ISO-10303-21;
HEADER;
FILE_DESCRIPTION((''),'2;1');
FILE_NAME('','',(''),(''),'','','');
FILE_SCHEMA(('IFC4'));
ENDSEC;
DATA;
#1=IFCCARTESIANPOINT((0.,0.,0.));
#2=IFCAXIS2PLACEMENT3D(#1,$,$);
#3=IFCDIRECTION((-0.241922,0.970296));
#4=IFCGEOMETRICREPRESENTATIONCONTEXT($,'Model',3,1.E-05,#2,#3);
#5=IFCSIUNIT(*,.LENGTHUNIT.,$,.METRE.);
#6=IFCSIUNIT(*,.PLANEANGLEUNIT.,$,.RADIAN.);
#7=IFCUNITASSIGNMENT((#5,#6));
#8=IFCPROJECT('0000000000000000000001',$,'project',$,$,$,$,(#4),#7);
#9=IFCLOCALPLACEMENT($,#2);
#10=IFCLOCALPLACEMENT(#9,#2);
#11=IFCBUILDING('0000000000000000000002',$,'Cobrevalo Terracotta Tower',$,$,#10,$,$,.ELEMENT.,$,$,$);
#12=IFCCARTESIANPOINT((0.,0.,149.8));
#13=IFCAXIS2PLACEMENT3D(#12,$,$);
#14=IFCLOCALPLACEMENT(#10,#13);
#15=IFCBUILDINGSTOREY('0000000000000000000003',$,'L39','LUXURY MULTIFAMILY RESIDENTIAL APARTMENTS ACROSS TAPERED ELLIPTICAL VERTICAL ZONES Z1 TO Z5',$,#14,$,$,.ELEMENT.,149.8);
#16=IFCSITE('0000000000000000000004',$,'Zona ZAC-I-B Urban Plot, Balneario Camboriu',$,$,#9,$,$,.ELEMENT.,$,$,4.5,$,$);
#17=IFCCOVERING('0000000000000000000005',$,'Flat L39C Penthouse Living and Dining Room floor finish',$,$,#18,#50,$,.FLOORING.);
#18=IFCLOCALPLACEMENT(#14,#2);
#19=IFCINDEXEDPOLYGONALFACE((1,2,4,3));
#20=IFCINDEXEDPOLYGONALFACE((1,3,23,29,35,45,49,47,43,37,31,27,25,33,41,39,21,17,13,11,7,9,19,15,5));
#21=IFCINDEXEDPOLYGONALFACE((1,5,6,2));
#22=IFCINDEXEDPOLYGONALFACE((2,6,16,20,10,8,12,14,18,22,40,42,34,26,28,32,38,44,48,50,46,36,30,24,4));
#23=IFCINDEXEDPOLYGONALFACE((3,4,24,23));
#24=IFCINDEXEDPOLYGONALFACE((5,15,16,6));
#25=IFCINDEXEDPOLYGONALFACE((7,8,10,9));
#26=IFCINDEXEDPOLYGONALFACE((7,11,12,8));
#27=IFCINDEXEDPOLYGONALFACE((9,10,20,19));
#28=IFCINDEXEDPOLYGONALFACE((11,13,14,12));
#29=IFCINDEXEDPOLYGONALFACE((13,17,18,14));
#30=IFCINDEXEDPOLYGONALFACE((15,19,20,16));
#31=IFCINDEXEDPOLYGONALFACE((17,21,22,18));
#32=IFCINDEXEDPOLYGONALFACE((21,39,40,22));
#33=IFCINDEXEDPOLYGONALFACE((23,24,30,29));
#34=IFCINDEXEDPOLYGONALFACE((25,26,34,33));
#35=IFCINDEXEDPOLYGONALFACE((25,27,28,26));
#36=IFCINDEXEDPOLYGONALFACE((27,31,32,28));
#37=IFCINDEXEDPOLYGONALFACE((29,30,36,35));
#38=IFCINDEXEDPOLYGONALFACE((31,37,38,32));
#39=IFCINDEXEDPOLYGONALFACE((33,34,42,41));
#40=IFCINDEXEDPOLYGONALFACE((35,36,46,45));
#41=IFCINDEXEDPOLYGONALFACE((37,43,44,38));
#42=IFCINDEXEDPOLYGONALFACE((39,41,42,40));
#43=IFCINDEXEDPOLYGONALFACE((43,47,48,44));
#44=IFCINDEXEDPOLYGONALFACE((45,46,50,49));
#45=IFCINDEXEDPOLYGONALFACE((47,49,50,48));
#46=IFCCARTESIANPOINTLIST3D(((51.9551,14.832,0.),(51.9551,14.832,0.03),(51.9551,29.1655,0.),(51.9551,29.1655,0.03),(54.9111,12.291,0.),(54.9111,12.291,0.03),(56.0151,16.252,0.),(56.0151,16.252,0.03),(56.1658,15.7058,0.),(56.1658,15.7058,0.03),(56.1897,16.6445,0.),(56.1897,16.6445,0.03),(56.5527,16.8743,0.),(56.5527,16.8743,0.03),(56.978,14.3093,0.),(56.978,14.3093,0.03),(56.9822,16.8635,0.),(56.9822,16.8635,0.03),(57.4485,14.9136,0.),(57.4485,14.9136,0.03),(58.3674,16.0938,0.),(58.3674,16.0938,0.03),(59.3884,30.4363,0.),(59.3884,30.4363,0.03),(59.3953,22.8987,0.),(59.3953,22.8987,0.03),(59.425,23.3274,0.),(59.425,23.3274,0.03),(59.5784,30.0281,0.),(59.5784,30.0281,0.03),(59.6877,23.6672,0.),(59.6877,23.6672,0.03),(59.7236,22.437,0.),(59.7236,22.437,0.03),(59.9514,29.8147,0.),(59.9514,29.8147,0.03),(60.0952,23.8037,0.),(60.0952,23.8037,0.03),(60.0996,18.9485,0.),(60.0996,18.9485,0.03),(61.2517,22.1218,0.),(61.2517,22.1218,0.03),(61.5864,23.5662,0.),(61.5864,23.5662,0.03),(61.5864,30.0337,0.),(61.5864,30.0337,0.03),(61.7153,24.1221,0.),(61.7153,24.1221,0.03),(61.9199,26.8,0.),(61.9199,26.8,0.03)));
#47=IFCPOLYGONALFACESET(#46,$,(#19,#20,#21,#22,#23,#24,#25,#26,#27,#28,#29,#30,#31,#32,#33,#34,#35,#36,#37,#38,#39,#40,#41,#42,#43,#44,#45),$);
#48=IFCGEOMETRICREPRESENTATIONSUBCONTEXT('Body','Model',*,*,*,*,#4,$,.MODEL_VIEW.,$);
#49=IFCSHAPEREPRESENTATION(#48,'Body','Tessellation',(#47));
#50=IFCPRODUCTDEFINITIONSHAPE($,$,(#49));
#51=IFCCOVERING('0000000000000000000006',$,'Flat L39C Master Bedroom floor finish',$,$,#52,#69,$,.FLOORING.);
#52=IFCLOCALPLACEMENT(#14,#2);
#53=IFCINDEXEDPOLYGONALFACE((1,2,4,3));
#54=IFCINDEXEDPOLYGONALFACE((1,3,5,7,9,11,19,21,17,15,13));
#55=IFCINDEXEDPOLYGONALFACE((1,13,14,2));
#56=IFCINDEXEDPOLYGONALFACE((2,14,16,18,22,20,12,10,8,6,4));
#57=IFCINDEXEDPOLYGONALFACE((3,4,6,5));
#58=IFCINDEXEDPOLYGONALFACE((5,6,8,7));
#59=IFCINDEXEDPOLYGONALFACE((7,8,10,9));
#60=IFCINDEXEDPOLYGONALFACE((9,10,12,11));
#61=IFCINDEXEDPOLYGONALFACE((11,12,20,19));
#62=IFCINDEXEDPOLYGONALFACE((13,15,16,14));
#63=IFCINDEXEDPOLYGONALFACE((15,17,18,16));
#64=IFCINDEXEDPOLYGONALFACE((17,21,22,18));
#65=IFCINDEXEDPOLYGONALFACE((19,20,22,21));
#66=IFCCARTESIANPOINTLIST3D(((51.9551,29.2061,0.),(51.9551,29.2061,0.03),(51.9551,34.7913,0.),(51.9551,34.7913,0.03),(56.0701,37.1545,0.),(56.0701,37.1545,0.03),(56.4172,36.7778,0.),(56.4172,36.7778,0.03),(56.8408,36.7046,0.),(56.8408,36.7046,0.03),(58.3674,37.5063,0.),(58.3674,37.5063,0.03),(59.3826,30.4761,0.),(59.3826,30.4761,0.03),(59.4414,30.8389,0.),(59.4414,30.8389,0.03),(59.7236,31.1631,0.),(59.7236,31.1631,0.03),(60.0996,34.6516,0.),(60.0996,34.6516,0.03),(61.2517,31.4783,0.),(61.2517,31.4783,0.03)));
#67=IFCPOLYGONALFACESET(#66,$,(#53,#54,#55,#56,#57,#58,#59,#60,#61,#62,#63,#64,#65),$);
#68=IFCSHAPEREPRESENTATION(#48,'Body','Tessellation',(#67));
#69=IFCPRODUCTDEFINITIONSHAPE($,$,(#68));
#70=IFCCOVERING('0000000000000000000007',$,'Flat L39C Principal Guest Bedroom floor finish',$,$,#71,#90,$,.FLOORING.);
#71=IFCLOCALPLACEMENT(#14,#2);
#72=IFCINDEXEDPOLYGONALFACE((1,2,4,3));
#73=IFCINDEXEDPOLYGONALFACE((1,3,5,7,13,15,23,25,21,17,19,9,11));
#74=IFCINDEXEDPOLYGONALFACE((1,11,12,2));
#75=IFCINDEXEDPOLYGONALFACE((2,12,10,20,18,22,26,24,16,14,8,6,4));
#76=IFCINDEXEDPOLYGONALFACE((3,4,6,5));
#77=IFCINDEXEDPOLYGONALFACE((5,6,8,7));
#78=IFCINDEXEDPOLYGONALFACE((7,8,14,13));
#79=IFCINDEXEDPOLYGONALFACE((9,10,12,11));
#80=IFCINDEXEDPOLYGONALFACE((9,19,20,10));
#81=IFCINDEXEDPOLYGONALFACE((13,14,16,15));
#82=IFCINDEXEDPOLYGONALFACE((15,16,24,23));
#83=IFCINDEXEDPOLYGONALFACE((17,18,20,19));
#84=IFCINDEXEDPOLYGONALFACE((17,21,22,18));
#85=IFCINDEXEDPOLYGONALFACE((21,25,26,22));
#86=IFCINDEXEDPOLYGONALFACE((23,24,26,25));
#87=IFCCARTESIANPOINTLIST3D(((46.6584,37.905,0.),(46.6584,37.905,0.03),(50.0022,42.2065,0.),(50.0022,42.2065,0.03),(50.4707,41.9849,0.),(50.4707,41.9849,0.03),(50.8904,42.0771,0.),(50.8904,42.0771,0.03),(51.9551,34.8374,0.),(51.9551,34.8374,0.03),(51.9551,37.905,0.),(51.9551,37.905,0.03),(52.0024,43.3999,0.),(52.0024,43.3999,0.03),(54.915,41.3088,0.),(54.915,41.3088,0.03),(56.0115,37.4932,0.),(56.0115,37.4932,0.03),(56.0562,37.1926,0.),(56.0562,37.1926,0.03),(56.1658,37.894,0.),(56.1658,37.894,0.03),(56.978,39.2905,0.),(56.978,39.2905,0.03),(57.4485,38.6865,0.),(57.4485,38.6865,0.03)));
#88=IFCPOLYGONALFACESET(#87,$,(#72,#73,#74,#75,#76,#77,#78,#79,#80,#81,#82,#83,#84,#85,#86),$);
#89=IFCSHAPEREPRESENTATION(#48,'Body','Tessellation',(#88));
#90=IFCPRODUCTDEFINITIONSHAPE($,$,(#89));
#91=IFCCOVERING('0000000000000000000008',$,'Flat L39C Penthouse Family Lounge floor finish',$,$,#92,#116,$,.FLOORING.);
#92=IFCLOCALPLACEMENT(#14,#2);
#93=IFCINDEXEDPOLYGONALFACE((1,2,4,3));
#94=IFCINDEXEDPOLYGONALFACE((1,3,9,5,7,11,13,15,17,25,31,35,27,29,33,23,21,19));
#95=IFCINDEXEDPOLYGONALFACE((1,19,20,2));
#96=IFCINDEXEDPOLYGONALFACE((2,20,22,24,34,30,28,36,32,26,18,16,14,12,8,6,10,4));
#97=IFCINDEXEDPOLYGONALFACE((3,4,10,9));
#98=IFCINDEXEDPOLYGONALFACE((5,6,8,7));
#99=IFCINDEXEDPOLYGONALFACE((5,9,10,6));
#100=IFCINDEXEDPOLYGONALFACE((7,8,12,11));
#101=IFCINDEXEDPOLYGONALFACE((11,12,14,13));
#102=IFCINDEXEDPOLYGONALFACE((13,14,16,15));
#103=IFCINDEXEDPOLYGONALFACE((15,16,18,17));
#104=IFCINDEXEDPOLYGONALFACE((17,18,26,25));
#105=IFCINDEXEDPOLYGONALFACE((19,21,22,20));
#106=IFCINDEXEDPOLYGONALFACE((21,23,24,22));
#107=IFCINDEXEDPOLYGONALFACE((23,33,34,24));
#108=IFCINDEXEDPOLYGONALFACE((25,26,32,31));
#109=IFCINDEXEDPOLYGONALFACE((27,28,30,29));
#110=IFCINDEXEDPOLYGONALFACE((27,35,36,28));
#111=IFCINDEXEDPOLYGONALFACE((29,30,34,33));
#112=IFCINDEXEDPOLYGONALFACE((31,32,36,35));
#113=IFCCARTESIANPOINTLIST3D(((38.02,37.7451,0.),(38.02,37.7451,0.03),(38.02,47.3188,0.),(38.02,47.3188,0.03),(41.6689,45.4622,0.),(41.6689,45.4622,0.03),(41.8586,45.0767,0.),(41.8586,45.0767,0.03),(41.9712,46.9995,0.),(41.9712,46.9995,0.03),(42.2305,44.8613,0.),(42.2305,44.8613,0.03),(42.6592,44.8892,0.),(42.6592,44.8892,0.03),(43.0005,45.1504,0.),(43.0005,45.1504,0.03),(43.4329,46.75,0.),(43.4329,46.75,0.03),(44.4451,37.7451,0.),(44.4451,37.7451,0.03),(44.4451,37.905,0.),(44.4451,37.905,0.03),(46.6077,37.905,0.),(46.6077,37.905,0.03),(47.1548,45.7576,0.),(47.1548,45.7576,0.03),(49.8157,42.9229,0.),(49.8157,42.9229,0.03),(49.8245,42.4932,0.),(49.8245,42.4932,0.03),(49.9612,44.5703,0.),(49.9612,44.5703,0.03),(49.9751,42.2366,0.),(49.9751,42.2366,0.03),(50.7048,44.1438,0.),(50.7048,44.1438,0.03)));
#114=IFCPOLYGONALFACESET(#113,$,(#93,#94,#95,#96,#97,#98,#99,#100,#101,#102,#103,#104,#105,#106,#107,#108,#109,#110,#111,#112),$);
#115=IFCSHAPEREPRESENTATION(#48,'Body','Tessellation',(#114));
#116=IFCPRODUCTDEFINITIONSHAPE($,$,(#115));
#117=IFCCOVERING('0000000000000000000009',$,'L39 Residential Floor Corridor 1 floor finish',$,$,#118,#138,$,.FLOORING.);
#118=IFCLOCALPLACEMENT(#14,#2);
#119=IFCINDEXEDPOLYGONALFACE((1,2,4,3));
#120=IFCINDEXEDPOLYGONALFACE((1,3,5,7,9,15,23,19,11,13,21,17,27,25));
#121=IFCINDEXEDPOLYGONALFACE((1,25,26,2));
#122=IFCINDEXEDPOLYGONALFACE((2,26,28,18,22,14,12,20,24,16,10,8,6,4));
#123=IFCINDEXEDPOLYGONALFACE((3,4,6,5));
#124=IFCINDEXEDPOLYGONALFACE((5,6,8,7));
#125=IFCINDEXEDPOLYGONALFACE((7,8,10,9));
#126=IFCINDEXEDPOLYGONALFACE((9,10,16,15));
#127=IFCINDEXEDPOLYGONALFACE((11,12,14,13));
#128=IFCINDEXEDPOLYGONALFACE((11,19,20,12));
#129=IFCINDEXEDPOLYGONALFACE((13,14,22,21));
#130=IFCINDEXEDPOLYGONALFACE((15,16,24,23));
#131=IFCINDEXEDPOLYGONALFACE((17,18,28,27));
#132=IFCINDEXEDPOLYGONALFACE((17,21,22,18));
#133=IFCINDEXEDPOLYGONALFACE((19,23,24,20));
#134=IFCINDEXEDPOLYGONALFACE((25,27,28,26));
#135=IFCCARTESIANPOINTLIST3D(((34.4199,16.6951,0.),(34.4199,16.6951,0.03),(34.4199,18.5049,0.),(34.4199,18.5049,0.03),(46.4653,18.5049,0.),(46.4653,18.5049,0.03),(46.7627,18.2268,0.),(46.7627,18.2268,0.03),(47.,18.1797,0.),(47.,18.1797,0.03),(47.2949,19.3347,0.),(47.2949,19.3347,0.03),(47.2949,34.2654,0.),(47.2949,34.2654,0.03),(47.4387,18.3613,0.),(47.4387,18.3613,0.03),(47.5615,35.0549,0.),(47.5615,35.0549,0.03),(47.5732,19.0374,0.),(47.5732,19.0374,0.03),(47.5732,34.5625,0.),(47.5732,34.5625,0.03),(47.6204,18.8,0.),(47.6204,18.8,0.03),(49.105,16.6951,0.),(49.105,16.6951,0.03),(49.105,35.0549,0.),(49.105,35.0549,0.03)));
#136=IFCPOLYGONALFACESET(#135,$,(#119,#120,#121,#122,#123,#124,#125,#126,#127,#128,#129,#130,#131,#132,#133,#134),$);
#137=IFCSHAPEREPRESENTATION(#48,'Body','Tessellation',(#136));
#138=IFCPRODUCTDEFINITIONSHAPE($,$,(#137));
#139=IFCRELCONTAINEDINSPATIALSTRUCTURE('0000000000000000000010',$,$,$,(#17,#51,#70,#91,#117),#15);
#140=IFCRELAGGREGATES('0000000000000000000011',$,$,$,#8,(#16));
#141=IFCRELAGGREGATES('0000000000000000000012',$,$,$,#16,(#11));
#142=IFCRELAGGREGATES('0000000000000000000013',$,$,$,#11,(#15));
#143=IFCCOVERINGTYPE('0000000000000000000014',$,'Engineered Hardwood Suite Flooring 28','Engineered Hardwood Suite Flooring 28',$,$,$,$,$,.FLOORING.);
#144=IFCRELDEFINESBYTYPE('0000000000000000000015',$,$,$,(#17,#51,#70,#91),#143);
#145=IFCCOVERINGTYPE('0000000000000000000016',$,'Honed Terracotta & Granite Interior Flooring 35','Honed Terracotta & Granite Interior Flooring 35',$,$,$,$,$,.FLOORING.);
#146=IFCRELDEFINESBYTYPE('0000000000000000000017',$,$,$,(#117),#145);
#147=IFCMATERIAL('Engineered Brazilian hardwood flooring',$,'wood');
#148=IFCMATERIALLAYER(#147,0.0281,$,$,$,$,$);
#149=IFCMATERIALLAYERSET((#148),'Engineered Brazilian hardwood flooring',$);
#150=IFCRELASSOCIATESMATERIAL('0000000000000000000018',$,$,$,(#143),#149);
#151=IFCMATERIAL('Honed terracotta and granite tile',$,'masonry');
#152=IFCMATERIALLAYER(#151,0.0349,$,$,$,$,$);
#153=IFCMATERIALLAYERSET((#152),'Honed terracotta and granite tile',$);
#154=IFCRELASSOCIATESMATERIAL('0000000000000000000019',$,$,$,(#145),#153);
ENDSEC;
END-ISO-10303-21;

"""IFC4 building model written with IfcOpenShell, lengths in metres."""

from ifc_helpers import new_model, si_unit, direction, frame, origin, place, context, subcontext, project, spatial, polyline, outline, extrude, material, layer, layer_set, type_object, element, save


model = new_model("IFC4")

# Units and contexts
model_context = context("Model", 3, precision=1e-05, world=origin(), true_north=direction((-0.241922, 0.970296)))
body_context = subcontext(model_context, "Body", "Model", "MODEL_VIEW")
ifc_project = project(units=[si_unit("LENGTHUNIT", "METRE"), si_unit("PLANEANGLEUNIT", "RADIAN")], contexts=[model_context])

# Site, building, storey
site_placement = place(None, origin())
site = spatial("IfcSite", under=ifc_project, at=site_placement, Name="Zona ZAC-I-B Urban Plot, Balneario Camboriu", CompositionType="ELEMENT", RefElevation=4.5)
building_placement = place(site_placement, origin())
building = spatial("IfcBuilding", under=site, at=building_placement, Name="Cobrevalo Terracotta Tower", CompositionType="ELEMENT")
storey_placement = place(building_placement, frame((0.0, 0.0, 149.8)))
storey = spatial("IfcBuildingStorey", under=building, at=storey_placement, Name="L39", Description="LUXURY MULTIFAMILY RESIDENTIAL APARTMENTS ACROSS TAPERED ELLIPTICAL VERTICAL ZONES Z1 TO Z5", CompositionType="ELEMENT", Elevation=149.8)

# Coverings
ifc_material_1 = material(Name="Engineered Brazilian hardwood flooring", Category="wood")
ifc_layer_1 = layer(ifc_material_1, 0.0281)
ifc_layer_set_1 = layer_set([ifc_layer_1], Name="Engineered Brazilian hardwood flooring")
covering_type_1 = type_object("IfcCoveringType", Name="Engineered Hardwood Suite Flooring 28", Description="Engineered Hardwood Suite Flooring 28", PredefinedType="FLOORING", material=ifc_layer_set_1)
covering_1_placement = place(storey_placement, origin())
element("IfcCovering", 1, at=covering_1_placement, inside=storey, type_object=covering_type_1, Name="Flat L39C Penthouse Living and Dining Room floor finish", PredefinedType="FLOORING", context=body_context, shape_type="SweptSolid", body=[
    extrude(outline(polyline([(58.3674, 16.0938), (56.9822, 16.8635), (56.5527, 16.8743), (56.1897, 16.6445), (56.0151, 16.252), (56.1658, 15.7058), (57.4485, 14.9136), (56.978, 14.3093), (54.9111, 12.291), (51.9551, 14.832), (51.9551, 29.1655), (59.3884, 30.4363), (59.5784, 30.0281), (59.9514, 29.8147), (61.5864, 30.0337), (61.9199, 26.8), (61.7153, 24.1221), (61.5864, 23.5662), (60.0952, 23.8037), (59.6877, 23.6672), (59.425, 23.3274), (59.3953, 22.8987), (59.7236, 22.437), (61.2517, 22.1218), (60.0996, 18.9485), (58.3674, 16.0938)])), origin(), (0.0, 0.0, 1.0), 0.03),
])
covering_2_placement = place(storey_placement, origin())
element("IfcCovering", 2, at=covering_2_placement, inside=storey, type_object=covering_type_1, Name="Flat L39C Master Bedroom floor finish", PredefinedType="FLOORING", context=body_context, shape_type="SweptSolid", body=[
    extrude(outline(polyline([(56.0701, 37.1545), (56.4172, 36.7778), (56.8408, 36.7046), (58.3674, 37.5063), (60.0996, 34.6516), (61.2517, 31.4783), (59.7236, 31.1631), (59.4414, 30.8389), (59.3826, 30.4761), (51.9551, 29.2061), (51.9551, 34.7913), (56.0701, 37.1545)])), origin(), (0.0, 0.0, 1.0), 0.03),
])
covering_3_placement = place(storey_placement, origin())
element("IfcCovering", 3, at=covering_3_placement, inside=storey, type_object=covering_type_1, Name="Flat L39C Principal Guest Bedroom floor finish", PredefinedType="FLOORING", context=body_context, shape_type="SweptSolid", body=[
    extrude(outline(polyline([(46.6584, 37.905), (50.0022, 42.2065), (50.4707, 41.9849), (50.8904, 42.0771), (52.0024, 43.3999), (54.915, 41.3088), (56.978, 39.2905), (57.4485, 38.6865), (56.1658, 37.894), (56.0115, 37.4932), (56.0562, 37.1926), (51.9551, 34.8374), (51.9551, 37.905), (46.6584, 37.905)])), origin(), (0.0, 0.0, 1.0), 0.03),
])
covering_4_placement = place(storey_placement, origin())
element("IfcCovering", 4, at=covering_4_placement, inside=storey, type_object=covering_type_1, Name="Flat L39C Penthouse Family Lounge floor finish", PredefinedType="FLOORING", context=body_context, shape_type="SweptSolid", body=[
    extrude(outline(polyline([(44.4451, 37.7451), (38.02, 37.7451), (38.02, 47.3188), (41.9712, 46.9995), (41.6689, 45.4622), (41.8586, 45.0767), (42.2305, 44.8613), (42.6592, 44.8892), (43.0005, 45.1504), (43.4329, 46.75), (47.1548, 45.7576), (49.9612, 44.5703), (50.7048, 44.1438), (49.8157, 42.9229), (49.8245, 42.4932), (49.9751, 42.2366), (46.6077, 37.905), (44.4451, 37.905), (44.4451, 37.7451)])), origin(), (0.0, 0.0, 1.0), 0.03),
])
ifc_material_2 = material(Name="Honed terracotta and granite tile", Category="masonry")
ifc_layer_2 = layer(ifc_material_2, 0.0349)
ifc_layer_set_2 = layer_set([ifc_layer_2], Name="Honed terracotta and granite tile")
covering_type_2 = type_object("IfcCoveringType", Name="Honed Terracotta & Granite Interior Flooring 35", Description="Honed Terracotta & Granite Interior Flooring 35", PredefinedType="FLOORING", material=ifc_layer_set_2)
covering_5_placement = place(storey_placement, origin())
element("IfcCovering", 5, at=covering_5_placement, inside=storey, type_object=covering_type_2, Name="L39 Residential Floor Corridor 1 floor finish", PredefinedType="FLOORING", context=body_context, shape_type="SweptSolid", body=[
    extrude(outline(polyline([(34.4199, 18.5049), (46.4653, 18.5049), (46.7627, 18.2268), (47.0, 18.1797), (47.4387, 18.3613), (47.6204, 18.8), (47.5732, 19.0374), (47.2949, 19.3347), (47.2949, 34.2654), (47.5732, 34.5625), (47.5615, 35.0549), (49.105, 35.0549), (49.105, 16.6951), (34.4199, 16.6951), (34.4199, 18.5049)])), origin(), (0.0, 0.0, 1.0), 0.03),
])

save(model, "model.ifc")
